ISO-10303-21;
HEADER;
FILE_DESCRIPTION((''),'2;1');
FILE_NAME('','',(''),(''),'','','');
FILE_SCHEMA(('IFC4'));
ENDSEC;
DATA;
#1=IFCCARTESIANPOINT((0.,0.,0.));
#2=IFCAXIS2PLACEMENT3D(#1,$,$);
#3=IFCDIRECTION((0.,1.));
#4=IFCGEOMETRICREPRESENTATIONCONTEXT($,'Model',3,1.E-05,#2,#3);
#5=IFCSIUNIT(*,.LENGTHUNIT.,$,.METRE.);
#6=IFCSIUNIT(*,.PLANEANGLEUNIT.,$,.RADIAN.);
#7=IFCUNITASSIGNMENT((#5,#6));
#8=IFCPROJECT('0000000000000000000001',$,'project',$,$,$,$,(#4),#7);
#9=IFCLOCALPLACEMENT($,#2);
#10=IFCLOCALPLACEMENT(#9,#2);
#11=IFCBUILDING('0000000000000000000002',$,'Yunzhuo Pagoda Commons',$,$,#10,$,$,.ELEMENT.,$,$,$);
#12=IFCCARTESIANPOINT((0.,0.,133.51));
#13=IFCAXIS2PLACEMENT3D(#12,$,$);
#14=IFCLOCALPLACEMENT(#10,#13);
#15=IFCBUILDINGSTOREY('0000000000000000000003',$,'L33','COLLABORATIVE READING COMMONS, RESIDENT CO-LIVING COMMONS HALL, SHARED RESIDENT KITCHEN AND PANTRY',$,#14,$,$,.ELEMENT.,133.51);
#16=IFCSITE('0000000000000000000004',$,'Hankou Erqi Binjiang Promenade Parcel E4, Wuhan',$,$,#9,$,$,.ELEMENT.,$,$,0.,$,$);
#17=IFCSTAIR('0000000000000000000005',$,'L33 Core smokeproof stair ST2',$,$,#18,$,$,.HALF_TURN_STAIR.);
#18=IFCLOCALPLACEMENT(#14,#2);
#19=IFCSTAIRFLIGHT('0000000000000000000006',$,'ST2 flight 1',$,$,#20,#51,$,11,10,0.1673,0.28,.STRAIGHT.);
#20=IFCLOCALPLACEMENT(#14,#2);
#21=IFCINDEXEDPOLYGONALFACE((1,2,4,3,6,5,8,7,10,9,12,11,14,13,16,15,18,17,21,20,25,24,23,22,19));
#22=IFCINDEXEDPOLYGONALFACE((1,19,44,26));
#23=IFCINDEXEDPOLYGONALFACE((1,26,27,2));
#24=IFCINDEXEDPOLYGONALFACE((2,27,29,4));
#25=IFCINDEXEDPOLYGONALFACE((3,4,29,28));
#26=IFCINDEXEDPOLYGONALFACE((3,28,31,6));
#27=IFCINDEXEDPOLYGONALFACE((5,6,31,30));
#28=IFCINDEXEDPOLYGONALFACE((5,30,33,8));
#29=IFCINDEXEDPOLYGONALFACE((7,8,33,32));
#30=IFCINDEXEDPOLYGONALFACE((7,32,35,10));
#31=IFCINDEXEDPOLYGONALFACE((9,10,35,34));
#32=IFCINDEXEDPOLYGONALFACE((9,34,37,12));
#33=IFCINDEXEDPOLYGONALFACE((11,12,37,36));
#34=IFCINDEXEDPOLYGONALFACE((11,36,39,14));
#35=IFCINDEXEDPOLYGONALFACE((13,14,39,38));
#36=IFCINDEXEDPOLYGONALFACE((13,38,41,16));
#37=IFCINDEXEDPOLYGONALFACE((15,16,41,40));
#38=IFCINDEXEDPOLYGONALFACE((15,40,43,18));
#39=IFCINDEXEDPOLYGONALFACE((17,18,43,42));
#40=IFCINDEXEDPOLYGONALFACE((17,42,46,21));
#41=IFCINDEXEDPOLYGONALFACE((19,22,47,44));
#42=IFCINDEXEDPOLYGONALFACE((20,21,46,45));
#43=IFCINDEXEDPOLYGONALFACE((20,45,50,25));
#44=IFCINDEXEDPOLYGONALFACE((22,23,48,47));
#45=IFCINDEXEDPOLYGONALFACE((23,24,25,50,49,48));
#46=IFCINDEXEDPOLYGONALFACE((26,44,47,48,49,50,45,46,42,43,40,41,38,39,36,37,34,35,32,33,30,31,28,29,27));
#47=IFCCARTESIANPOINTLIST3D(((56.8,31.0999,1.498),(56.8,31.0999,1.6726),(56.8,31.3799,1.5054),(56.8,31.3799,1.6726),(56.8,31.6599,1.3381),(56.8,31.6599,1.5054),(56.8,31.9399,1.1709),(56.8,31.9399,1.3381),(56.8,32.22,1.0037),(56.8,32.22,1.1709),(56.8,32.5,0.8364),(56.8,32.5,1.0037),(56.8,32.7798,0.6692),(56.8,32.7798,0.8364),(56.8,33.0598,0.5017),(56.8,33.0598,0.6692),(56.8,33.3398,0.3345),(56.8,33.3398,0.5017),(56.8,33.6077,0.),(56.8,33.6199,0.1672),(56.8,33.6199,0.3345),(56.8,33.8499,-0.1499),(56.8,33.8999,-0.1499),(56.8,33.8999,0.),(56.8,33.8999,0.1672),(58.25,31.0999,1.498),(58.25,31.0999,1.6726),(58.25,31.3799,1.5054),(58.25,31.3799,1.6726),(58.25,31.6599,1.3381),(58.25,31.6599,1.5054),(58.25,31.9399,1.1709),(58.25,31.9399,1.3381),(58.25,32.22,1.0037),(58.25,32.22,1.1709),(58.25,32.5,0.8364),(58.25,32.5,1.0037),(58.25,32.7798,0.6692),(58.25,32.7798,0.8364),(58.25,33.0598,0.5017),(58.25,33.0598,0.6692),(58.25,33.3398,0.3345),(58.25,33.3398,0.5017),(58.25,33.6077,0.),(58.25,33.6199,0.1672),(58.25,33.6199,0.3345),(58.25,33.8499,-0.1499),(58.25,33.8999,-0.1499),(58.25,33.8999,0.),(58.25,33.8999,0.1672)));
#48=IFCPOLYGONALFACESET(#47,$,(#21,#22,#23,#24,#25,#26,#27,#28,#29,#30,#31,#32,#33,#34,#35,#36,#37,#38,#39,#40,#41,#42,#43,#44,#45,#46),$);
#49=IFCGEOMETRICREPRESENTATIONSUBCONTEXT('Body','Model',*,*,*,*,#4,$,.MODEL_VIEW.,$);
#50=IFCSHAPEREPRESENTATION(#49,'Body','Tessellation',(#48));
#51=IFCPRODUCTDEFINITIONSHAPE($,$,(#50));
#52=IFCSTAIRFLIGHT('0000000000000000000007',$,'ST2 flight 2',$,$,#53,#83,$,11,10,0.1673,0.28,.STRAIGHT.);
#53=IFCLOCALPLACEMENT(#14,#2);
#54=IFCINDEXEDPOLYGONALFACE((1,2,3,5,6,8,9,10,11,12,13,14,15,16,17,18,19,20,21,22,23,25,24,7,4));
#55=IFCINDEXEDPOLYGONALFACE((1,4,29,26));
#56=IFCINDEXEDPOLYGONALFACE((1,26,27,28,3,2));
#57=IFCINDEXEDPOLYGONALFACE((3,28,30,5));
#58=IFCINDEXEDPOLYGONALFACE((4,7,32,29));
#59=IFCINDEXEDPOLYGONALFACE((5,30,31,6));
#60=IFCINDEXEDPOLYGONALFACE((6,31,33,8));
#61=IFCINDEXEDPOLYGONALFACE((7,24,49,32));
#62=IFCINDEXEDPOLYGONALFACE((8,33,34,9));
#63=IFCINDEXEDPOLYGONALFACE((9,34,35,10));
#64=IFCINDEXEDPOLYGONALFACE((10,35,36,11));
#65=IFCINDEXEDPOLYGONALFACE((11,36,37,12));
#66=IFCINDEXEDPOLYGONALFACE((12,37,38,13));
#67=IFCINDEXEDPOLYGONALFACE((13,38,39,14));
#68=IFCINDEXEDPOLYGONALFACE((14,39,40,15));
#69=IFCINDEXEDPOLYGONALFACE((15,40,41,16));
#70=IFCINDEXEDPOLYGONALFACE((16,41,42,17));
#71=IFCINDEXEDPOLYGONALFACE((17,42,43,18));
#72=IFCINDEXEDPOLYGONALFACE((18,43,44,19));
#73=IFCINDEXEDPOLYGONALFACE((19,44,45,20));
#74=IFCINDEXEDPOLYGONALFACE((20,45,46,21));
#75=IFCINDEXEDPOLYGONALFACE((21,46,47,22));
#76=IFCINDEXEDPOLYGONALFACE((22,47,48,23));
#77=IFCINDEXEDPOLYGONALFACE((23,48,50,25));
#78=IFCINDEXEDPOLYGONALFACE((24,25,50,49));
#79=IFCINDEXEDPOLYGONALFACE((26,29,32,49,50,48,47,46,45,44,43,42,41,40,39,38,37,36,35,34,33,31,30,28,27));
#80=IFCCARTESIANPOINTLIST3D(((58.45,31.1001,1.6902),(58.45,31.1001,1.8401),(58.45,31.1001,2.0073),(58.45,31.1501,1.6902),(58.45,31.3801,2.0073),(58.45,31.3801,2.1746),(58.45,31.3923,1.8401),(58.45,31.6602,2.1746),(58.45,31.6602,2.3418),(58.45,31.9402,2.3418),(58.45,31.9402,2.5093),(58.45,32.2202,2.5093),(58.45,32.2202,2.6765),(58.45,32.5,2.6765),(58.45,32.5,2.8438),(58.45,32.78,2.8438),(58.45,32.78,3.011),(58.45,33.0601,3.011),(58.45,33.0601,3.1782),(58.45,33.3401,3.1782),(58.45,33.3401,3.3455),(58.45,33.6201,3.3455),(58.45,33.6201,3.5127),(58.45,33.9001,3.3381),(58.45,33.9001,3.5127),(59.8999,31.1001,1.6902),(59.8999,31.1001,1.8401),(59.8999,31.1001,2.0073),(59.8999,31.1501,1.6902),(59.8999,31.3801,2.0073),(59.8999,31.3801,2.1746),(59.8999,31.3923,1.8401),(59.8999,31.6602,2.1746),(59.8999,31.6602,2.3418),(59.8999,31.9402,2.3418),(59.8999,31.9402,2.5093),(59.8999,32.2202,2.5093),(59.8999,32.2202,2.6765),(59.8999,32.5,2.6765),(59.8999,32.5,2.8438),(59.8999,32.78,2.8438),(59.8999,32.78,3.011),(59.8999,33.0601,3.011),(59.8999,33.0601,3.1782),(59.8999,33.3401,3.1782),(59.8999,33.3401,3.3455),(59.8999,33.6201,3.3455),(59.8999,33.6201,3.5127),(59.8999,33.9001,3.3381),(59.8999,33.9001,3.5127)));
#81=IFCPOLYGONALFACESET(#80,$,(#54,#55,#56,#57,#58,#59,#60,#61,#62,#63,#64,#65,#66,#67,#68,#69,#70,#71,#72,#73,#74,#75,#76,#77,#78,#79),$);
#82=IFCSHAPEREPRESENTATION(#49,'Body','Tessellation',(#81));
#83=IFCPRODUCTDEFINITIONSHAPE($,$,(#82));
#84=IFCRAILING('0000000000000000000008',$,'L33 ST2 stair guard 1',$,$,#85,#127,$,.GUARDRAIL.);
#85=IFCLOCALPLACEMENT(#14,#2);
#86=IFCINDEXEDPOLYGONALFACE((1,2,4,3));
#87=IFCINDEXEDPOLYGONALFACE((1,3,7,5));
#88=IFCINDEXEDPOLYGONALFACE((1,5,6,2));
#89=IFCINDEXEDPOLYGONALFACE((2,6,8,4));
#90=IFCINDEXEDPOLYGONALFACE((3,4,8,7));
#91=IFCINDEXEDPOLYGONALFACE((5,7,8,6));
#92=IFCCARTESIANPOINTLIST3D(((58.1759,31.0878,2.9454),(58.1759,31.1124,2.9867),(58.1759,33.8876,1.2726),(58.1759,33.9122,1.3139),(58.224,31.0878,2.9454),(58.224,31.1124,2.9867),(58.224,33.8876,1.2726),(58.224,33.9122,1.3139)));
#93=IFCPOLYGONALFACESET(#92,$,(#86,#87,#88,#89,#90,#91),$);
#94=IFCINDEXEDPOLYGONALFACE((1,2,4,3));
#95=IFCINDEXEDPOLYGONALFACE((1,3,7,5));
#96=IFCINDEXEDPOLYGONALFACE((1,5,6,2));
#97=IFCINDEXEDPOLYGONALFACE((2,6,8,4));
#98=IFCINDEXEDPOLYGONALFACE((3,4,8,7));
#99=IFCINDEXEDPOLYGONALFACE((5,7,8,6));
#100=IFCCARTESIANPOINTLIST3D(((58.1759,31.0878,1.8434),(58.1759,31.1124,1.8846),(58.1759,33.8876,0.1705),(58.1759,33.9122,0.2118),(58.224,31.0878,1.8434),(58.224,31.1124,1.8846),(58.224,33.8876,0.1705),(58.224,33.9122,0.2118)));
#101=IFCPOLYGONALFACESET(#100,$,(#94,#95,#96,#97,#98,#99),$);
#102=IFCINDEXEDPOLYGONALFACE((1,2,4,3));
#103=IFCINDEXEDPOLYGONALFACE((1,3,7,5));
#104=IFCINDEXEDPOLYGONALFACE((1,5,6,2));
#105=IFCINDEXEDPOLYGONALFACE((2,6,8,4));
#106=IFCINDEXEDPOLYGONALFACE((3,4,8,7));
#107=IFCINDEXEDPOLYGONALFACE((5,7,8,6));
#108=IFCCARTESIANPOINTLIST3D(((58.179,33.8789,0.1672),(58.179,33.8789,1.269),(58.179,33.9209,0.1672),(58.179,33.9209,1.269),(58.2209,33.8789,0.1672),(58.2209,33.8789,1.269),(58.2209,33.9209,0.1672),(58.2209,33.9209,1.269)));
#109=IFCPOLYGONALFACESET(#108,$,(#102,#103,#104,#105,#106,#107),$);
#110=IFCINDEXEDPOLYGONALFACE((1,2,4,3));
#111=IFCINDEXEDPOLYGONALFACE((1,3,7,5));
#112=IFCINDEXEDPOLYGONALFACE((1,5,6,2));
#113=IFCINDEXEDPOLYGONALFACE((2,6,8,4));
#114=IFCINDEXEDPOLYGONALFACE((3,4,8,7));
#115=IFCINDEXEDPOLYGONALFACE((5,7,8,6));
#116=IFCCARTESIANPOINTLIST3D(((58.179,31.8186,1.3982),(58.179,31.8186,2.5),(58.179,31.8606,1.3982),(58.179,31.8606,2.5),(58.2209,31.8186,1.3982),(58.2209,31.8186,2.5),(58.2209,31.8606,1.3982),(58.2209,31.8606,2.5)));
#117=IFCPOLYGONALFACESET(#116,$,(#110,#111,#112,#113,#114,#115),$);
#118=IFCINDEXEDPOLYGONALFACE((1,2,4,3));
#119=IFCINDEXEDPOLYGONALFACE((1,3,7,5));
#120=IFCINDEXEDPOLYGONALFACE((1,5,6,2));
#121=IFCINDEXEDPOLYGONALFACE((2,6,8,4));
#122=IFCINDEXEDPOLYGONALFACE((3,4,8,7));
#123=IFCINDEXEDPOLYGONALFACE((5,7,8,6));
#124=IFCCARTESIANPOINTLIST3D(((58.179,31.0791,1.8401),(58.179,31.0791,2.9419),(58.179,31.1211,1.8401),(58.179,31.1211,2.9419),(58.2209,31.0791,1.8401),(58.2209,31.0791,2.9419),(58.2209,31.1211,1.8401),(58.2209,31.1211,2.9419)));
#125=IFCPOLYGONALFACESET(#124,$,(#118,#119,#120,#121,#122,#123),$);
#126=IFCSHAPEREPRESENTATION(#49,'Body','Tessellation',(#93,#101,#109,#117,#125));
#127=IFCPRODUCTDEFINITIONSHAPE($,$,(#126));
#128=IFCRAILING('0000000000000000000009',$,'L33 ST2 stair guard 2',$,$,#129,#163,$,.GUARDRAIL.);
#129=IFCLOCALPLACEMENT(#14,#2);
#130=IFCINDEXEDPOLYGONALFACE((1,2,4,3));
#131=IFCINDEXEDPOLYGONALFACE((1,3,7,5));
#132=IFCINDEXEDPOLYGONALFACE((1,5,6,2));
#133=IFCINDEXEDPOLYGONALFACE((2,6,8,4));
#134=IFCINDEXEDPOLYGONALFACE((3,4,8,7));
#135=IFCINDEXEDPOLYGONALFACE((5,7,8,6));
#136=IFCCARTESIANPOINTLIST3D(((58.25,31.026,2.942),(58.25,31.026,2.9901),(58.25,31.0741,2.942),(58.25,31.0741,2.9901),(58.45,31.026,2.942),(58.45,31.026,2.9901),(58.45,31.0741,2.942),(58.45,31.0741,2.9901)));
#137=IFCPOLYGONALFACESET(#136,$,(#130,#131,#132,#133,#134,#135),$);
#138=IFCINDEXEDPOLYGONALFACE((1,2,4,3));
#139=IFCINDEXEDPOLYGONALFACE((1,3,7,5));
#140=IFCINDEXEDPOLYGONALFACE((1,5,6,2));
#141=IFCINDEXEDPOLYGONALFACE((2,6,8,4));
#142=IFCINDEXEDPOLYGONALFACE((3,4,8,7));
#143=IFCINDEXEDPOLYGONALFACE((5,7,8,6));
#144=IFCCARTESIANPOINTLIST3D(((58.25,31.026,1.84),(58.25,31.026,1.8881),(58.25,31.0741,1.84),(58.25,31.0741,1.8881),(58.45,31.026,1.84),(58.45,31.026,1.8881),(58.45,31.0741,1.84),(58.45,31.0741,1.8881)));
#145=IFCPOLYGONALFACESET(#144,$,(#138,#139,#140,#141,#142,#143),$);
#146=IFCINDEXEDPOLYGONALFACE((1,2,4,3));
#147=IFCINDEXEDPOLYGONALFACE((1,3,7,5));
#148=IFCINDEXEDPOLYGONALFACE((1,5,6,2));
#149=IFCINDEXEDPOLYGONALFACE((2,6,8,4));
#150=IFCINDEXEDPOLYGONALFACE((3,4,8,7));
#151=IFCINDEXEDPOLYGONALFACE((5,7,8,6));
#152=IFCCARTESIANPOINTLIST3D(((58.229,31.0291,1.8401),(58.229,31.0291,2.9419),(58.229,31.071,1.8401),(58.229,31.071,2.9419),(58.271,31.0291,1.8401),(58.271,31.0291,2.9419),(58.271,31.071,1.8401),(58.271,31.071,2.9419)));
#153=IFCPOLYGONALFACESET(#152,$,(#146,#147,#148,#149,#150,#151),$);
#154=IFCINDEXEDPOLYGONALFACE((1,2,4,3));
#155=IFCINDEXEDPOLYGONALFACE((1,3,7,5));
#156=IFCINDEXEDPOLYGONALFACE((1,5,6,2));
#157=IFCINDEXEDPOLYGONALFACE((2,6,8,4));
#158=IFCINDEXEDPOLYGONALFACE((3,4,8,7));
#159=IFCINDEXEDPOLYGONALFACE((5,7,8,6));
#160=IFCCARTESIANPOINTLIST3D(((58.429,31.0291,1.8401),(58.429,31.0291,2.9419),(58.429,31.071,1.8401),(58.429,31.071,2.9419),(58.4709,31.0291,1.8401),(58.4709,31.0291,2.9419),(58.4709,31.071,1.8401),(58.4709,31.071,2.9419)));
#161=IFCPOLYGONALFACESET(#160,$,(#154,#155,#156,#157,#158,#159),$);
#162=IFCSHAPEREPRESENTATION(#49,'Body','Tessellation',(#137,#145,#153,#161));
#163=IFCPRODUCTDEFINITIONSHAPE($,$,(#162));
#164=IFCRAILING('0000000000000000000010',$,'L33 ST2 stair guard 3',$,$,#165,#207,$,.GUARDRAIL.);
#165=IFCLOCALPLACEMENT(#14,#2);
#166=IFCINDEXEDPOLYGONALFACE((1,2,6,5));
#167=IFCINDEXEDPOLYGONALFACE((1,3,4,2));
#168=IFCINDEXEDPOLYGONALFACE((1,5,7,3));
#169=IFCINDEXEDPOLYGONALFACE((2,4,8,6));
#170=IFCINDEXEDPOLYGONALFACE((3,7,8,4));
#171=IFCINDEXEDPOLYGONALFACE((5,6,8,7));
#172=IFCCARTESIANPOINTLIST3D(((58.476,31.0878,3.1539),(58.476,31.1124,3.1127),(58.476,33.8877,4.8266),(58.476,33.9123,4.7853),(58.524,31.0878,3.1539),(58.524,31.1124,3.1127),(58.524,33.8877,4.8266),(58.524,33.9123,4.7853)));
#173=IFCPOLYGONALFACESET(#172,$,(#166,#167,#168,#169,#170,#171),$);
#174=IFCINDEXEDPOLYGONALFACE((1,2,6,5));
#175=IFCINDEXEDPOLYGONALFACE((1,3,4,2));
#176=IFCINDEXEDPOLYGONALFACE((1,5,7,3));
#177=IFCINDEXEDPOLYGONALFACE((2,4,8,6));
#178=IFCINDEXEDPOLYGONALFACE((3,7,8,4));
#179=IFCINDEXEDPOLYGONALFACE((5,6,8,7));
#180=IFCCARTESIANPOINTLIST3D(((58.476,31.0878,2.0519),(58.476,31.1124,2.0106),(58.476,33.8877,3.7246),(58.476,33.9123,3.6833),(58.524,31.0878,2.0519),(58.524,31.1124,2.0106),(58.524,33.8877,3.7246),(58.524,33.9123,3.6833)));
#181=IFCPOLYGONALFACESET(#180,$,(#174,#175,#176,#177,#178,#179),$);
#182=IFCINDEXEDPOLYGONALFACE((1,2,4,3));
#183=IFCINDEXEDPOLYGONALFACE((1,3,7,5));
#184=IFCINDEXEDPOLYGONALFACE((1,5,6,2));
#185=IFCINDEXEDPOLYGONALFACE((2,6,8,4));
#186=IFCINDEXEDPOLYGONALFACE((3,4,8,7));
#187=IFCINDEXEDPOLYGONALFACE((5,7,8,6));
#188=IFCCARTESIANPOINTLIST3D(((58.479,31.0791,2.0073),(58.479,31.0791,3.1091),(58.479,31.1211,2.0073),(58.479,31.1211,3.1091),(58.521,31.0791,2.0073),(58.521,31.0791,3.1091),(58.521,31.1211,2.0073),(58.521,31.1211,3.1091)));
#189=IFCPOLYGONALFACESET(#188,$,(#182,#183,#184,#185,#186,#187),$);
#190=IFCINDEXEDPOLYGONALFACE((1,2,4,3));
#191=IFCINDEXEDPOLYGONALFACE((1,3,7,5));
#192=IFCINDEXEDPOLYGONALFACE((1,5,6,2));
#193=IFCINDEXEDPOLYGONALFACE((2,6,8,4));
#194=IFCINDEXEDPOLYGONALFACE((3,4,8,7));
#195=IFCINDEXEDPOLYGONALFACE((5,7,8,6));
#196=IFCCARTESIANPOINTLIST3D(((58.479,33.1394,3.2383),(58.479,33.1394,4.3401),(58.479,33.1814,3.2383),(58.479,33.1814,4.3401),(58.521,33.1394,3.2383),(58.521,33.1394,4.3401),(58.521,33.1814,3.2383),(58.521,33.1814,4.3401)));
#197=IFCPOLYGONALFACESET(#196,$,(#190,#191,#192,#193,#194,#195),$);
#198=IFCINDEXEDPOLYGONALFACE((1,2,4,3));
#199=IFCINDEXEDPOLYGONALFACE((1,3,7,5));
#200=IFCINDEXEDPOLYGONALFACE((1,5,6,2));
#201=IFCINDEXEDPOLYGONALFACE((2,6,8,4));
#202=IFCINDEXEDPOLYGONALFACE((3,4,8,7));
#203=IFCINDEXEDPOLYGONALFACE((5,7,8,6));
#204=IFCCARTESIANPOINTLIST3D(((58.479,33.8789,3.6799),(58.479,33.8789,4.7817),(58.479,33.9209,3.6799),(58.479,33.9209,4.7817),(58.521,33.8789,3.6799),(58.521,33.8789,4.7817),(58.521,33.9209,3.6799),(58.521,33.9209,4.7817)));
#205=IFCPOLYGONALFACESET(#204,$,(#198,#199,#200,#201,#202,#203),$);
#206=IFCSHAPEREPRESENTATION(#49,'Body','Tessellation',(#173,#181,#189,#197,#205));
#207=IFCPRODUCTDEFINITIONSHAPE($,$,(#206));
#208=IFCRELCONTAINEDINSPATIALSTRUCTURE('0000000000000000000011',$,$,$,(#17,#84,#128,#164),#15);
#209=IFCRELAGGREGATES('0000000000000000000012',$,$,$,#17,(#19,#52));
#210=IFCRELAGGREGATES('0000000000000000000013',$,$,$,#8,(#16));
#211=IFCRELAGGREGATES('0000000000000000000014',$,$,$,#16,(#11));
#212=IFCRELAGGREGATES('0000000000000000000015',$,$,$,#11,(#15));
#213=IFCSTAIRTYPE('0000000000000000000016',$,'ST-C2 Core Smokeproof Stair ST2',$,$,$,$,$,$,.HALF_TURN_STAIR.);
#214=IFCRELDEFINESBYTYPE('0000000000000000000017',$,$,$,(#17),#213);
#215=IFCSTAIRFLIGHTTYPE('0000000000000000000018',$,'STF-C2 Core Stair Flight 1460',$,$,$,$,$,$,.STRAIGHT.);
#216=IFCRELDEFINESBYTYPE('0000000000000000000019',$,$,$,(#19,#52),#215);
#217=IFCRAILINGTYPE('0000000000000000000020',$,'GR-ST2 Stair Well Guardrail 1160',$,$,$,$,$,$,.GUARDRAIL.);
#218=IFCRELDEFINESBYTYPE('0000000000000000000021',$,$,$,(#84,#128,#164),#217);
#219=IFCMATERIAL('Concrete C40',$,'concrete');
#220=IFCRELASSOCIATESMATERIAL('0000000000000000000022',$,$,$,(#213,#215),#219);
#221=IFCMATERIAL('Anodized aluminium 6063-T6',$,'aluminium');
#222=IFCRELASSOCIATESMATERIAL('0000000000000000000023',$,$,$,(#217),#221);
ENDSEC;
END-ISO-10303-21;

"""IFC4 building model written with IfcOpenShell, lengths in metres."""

from ifc_helpers import new_model, si_unit, direction, frame, origin, origin_2d, place, context, subcontext, project, spatial, polyline, rectangle, outline, extrude, source, transform, mapped, material, type_object, element, aggregate, save


model = new_model("IFC4")

# Units and contexts
model_context = context("Model", 3, precision=1e-05, world=origin(), true_north=direction((0.0, 1.0)))
body_context = subcontext(model_context, "Body", "Model", "MODEL_VIEW")
ifc_project = project(units=[si_unit("LENGTHUNIT", "METRE"), si_unit("PLANEANGLEUNIT", "RADIAN")], contexts=[model_context])

# Site, building, storey
site_placement = place(None, origin())
site = spatial("IfcSite", under=ifc_project, at=site_placement, Name="Hankou Erqi Binjiang Promenade Parcel E4, Wuhan", CompositionType="ELEMENT", RefElevation=0.0)
building_placement = place(site_placement, origin())
building = spatial("IfcBuilding", under=site, at=building_placement, Name="Yunzhuo Pagoda Commons", CompositionType="ELEMENT")
storey_placement = place(building_placement, frame((0.0, 0.0, 133.51)))
storey = spatial("IfcBuildingStorey", under=building, at=storey_placement, Name="L33", Description="COLLABORATIVE READING COMMONS, RESIDENT CO-LIVING COMMONS HALL, SHARED RESIDENT KITCHEN AND PANTRY", CompositionType="ELEMENT", Elevation=133.51)

# Shared definitions
ifc_material_1 = material(Name="Concrete C40", Category="concrete")

# Stair, stair flights
stair_type = type_object("IfcStairType", Name="ST-C2 Core Smokeproof Stair ST2", PredefinedType="HALF_TURN_STAIR", material=ifc_material_1)
stair_placement = place(storey_placement, origin())
stair = element("IfcStair", 1, at=stair_placement, inside=storey, type_object=stair_type, Name="L33 Core smokeproof stair ST2", PredefinedType="HALF_TURN_STAIR")
stair_flight_type = type_object("IfcStairFlightType", Name="STF-C2 Core Stair Flight 1460", PredefinedType="STRAIGHT", material=ifc_material_1)
shared_shape_1 = source(origin(), body_context, "Body", "SweptSolid", [
    extrude(outline(polyline([(0.0, -0.1499), (0.0, 0.0), (0.0, 0.1672), (0.28, 0.1672), (0.28, 0.3345), (0.5601, 0.3345), (0.5601, 0.5017), (0.8401, 0.5017), (0.8401, 0.6692), (1.1201, 0.6692), (1.1201, 0.8364), (1.3999, 0.8364), (1.3999, 1.0037), (1.6799, 1.0037), (1.6799, 1.1709), (1.96, 1.1709), (1.96, 1.3381), (2.24, 1.3381), (2.24, 1.5054), (2.52, 1.5054), (2.52, 1.6726), (2.8, 1.6726), (2.8, 1.8401), (2.8, 1.498), (0.2922, 0.0), (0.05, -0.1499), (0.0, -0.1499)])), frame((0.0, 0.7251, 0.0), z_axis=(0.0, -1.0, 0.0), x_axis=(1.0, 0.0, 0.0)), (0.0, 0.0, 1.0), 1.45),
])
stair_flight_1_placement = place(storey_placement, frame((57.5249, 33.8999, 0.0), z_axis=(0.0, 0.0, 1.0), x_axis=(0.0, -1.0, 0.0)))
stair_flight_1 = element("IfcStairFlight", 2, at=stair_flight_1_placement, type_object=stair_flight_type, Name="ST2 flight 1", NumberOfRisers=11, NumberOfTreads=10, PredefinedType="STRAIGHT", RiserHeight=0.1673, TreadLength=0.28, context=body_context, shape_type="MappedRepresentation", body=[
    mapped(shared_shape_1, transform((0.0, 0.0, 0.0), scale=1.0)),
])
stair_flight_2_placement = place(storey_placement, frame((59.175, 31.1001, 1.8401), z_axis=(0.0, 0.0, 1.0), x_axis=(0.0, 1.0, 0.0)))
stair_flight_2 = element("IfcStairFlight", 3, at=stair_flight_2_placement, type_object=stair_flight_type, Name="ST2 flight 2", NumberOfRisers=11, NumberOfTreads=10, PredefinedType="STRAIGHT", RiserHeight=0.1673, TreadLength=0.28, context=body_context, shape_type="MappedRepresentation", body=[
    mapped(shared_shape_1, transform((0.0, 0.0, 0.0), scale=1.0)),
])
aggregate(stair, [stair_flight_1, stair_flight_2])

# Railings
ifc_material_2 = material(Name="Anodized aluminium 6063-T6", Category="aluminium")
railing_type_1 = type_object("IfcRailingType", Name="GR-ST2 Stair Well Guardrail 1160", PredefinedType="GUARDRAIL", material=ifc_material_2)
railing_1_placement = place(storey_placement, frame((58.2, 33.8999, 0.1672)))
element("IfcRailing", 4, at=railing_1_placement, inside=storey, type_object=railing_type_1, Name="L33 ST2 stair guard 1", PredefinedType="GUARDRAIL", context=body_context, shape_type="SweptSolid", body=[
    extrude(rectangle(XDim=0.0481, YDim=0.0481, at=origin_2d()), frame((0.0, 0.0, 1.126), z_axis=(0.0, -0.858443, 0.51291), x_axis=(1.0, 0.0, 0.0)), (0.0, 0.0, 1.0), 3.2615),
    extrude(rectangle(XDim=0.0481, YDim=0.0481, at=origin_2d()), frame((0.0, 0.0, 0.0239), z_axis=(0.0, -0.858443, 0.51291), x_axis=(1.0, 0.0, 0.0)), (0.0, 0.0, 1.0), 3.2615),
    extrude(rectangle(XDim=0.042, YDim=0.042, at=origin_2d()), origin(), (0.0, 0.0, 1.0), 1.1018),
    extrude(rectangle(XDim=0.042, YDim=0.042, at=origin_2d()), frame((0.0, -2.0603, 1.231)), (0.0, 0.0, 1.0), 1.1018),
    extrude(rectangle(XDim=0.042, YDim=0.042, at=origin_2d()), frame((0.0, -2.7998, 1.6729)), (0.0, 0.0, 1.0), 1.1018),
])
railing_2_placement = place(storey_placement, frame((58.25, 31.05, 1.8401)))
element("IfcRailing", 5, at=railing_2_placement, inside=storey, type_object=railing_type_1, Name="L33 ST2 stair guard 2", PredefinedType="GUARDRAIL", context=body_context, shape_type="SweptSolid", body=[
    extrude(rectangle(XDim=0.0481, YDim=0.0481, at=origin_2d()), frame((0.0, 0.0, 1.126), z_axis=(1.0, 0.0, 0.0), x_axis=(0.0, 1.0, 0.0)), (0.0, 0.0, 1.0), 0.2),
    extrude(rectangle(XDim=0.0481, YDim=0.0481, at=origin_2d()), frame((0.0, 0.0, 0.0239), z_axis=(1.0, 0.0, 0.0), x_axis=(0.0, 1.0, 0.0)), (0.0, 0.0, 1.0), 0.2),
    extrude(rectangle(XDim=0.042, YDim=0.042, at=origin_2d()), origin(), (0.0, 0.0, 1.0), 1.1018),
    extrude(rectangle(XDim=0.042, YDim=0.042, at=origin_2d()), frame((0.2, 0.0, 0.0)), (0.0, 0.0, 1.0), 1.1018),
])
railing_3_placement = place(storey_placement, frame((58.5, 31.1001, 2.0073)))
element("IfcRailing", 6, at=railing_3_placement, inside=storey, type_object=railing_type_1, Name="L33 ST2 stair guard 3", PredefinedType="GUARDRAIL", context=body_context, shape_type="SweptSolid", body=[
    extrude(rectangle(XDim=0.0481, YDim=0.0481, at=origin_2d()), frame((0.0, 0.0, 1.126), z_axis=(0.0, 0.858476, 0.512855), x_axis=(-1.0, 0.0, 0.0)), (0.0, 0.0, 1.0), 3.2615),
    extrude(rectangle(XDim=0.0481, YDim=0.0481, at=origin_2d()), frame((0.0, 0.0, 0.0239), z_axis=(0.0, 0.858476, 0.512855), x_axis=(-1.0, 0.0, 0.0)), (0.0, 0.0, 1.0), 3.2615),
    extrude(rectangle(XDim=0.042, YDim=0.042, at=origin_2d()), origin(), (0.0, 0.0, 1.0), 1.1018),
    extrude(rectangle(XDim=0.042, YDim=0.042, at=origin_2d()), frame((0.0, 2.0603, 1.231)), (0.0, 0.0, 1.0), 1.1018),
    extrude(rectangle(XDim=0.042, YDim=0.042, at=origin_2d()), frame((0.0, 2.7998, 1.6726)), (0.0, 0.0, 1.0), 1.1018),
])

save(model, "model.ifc")
